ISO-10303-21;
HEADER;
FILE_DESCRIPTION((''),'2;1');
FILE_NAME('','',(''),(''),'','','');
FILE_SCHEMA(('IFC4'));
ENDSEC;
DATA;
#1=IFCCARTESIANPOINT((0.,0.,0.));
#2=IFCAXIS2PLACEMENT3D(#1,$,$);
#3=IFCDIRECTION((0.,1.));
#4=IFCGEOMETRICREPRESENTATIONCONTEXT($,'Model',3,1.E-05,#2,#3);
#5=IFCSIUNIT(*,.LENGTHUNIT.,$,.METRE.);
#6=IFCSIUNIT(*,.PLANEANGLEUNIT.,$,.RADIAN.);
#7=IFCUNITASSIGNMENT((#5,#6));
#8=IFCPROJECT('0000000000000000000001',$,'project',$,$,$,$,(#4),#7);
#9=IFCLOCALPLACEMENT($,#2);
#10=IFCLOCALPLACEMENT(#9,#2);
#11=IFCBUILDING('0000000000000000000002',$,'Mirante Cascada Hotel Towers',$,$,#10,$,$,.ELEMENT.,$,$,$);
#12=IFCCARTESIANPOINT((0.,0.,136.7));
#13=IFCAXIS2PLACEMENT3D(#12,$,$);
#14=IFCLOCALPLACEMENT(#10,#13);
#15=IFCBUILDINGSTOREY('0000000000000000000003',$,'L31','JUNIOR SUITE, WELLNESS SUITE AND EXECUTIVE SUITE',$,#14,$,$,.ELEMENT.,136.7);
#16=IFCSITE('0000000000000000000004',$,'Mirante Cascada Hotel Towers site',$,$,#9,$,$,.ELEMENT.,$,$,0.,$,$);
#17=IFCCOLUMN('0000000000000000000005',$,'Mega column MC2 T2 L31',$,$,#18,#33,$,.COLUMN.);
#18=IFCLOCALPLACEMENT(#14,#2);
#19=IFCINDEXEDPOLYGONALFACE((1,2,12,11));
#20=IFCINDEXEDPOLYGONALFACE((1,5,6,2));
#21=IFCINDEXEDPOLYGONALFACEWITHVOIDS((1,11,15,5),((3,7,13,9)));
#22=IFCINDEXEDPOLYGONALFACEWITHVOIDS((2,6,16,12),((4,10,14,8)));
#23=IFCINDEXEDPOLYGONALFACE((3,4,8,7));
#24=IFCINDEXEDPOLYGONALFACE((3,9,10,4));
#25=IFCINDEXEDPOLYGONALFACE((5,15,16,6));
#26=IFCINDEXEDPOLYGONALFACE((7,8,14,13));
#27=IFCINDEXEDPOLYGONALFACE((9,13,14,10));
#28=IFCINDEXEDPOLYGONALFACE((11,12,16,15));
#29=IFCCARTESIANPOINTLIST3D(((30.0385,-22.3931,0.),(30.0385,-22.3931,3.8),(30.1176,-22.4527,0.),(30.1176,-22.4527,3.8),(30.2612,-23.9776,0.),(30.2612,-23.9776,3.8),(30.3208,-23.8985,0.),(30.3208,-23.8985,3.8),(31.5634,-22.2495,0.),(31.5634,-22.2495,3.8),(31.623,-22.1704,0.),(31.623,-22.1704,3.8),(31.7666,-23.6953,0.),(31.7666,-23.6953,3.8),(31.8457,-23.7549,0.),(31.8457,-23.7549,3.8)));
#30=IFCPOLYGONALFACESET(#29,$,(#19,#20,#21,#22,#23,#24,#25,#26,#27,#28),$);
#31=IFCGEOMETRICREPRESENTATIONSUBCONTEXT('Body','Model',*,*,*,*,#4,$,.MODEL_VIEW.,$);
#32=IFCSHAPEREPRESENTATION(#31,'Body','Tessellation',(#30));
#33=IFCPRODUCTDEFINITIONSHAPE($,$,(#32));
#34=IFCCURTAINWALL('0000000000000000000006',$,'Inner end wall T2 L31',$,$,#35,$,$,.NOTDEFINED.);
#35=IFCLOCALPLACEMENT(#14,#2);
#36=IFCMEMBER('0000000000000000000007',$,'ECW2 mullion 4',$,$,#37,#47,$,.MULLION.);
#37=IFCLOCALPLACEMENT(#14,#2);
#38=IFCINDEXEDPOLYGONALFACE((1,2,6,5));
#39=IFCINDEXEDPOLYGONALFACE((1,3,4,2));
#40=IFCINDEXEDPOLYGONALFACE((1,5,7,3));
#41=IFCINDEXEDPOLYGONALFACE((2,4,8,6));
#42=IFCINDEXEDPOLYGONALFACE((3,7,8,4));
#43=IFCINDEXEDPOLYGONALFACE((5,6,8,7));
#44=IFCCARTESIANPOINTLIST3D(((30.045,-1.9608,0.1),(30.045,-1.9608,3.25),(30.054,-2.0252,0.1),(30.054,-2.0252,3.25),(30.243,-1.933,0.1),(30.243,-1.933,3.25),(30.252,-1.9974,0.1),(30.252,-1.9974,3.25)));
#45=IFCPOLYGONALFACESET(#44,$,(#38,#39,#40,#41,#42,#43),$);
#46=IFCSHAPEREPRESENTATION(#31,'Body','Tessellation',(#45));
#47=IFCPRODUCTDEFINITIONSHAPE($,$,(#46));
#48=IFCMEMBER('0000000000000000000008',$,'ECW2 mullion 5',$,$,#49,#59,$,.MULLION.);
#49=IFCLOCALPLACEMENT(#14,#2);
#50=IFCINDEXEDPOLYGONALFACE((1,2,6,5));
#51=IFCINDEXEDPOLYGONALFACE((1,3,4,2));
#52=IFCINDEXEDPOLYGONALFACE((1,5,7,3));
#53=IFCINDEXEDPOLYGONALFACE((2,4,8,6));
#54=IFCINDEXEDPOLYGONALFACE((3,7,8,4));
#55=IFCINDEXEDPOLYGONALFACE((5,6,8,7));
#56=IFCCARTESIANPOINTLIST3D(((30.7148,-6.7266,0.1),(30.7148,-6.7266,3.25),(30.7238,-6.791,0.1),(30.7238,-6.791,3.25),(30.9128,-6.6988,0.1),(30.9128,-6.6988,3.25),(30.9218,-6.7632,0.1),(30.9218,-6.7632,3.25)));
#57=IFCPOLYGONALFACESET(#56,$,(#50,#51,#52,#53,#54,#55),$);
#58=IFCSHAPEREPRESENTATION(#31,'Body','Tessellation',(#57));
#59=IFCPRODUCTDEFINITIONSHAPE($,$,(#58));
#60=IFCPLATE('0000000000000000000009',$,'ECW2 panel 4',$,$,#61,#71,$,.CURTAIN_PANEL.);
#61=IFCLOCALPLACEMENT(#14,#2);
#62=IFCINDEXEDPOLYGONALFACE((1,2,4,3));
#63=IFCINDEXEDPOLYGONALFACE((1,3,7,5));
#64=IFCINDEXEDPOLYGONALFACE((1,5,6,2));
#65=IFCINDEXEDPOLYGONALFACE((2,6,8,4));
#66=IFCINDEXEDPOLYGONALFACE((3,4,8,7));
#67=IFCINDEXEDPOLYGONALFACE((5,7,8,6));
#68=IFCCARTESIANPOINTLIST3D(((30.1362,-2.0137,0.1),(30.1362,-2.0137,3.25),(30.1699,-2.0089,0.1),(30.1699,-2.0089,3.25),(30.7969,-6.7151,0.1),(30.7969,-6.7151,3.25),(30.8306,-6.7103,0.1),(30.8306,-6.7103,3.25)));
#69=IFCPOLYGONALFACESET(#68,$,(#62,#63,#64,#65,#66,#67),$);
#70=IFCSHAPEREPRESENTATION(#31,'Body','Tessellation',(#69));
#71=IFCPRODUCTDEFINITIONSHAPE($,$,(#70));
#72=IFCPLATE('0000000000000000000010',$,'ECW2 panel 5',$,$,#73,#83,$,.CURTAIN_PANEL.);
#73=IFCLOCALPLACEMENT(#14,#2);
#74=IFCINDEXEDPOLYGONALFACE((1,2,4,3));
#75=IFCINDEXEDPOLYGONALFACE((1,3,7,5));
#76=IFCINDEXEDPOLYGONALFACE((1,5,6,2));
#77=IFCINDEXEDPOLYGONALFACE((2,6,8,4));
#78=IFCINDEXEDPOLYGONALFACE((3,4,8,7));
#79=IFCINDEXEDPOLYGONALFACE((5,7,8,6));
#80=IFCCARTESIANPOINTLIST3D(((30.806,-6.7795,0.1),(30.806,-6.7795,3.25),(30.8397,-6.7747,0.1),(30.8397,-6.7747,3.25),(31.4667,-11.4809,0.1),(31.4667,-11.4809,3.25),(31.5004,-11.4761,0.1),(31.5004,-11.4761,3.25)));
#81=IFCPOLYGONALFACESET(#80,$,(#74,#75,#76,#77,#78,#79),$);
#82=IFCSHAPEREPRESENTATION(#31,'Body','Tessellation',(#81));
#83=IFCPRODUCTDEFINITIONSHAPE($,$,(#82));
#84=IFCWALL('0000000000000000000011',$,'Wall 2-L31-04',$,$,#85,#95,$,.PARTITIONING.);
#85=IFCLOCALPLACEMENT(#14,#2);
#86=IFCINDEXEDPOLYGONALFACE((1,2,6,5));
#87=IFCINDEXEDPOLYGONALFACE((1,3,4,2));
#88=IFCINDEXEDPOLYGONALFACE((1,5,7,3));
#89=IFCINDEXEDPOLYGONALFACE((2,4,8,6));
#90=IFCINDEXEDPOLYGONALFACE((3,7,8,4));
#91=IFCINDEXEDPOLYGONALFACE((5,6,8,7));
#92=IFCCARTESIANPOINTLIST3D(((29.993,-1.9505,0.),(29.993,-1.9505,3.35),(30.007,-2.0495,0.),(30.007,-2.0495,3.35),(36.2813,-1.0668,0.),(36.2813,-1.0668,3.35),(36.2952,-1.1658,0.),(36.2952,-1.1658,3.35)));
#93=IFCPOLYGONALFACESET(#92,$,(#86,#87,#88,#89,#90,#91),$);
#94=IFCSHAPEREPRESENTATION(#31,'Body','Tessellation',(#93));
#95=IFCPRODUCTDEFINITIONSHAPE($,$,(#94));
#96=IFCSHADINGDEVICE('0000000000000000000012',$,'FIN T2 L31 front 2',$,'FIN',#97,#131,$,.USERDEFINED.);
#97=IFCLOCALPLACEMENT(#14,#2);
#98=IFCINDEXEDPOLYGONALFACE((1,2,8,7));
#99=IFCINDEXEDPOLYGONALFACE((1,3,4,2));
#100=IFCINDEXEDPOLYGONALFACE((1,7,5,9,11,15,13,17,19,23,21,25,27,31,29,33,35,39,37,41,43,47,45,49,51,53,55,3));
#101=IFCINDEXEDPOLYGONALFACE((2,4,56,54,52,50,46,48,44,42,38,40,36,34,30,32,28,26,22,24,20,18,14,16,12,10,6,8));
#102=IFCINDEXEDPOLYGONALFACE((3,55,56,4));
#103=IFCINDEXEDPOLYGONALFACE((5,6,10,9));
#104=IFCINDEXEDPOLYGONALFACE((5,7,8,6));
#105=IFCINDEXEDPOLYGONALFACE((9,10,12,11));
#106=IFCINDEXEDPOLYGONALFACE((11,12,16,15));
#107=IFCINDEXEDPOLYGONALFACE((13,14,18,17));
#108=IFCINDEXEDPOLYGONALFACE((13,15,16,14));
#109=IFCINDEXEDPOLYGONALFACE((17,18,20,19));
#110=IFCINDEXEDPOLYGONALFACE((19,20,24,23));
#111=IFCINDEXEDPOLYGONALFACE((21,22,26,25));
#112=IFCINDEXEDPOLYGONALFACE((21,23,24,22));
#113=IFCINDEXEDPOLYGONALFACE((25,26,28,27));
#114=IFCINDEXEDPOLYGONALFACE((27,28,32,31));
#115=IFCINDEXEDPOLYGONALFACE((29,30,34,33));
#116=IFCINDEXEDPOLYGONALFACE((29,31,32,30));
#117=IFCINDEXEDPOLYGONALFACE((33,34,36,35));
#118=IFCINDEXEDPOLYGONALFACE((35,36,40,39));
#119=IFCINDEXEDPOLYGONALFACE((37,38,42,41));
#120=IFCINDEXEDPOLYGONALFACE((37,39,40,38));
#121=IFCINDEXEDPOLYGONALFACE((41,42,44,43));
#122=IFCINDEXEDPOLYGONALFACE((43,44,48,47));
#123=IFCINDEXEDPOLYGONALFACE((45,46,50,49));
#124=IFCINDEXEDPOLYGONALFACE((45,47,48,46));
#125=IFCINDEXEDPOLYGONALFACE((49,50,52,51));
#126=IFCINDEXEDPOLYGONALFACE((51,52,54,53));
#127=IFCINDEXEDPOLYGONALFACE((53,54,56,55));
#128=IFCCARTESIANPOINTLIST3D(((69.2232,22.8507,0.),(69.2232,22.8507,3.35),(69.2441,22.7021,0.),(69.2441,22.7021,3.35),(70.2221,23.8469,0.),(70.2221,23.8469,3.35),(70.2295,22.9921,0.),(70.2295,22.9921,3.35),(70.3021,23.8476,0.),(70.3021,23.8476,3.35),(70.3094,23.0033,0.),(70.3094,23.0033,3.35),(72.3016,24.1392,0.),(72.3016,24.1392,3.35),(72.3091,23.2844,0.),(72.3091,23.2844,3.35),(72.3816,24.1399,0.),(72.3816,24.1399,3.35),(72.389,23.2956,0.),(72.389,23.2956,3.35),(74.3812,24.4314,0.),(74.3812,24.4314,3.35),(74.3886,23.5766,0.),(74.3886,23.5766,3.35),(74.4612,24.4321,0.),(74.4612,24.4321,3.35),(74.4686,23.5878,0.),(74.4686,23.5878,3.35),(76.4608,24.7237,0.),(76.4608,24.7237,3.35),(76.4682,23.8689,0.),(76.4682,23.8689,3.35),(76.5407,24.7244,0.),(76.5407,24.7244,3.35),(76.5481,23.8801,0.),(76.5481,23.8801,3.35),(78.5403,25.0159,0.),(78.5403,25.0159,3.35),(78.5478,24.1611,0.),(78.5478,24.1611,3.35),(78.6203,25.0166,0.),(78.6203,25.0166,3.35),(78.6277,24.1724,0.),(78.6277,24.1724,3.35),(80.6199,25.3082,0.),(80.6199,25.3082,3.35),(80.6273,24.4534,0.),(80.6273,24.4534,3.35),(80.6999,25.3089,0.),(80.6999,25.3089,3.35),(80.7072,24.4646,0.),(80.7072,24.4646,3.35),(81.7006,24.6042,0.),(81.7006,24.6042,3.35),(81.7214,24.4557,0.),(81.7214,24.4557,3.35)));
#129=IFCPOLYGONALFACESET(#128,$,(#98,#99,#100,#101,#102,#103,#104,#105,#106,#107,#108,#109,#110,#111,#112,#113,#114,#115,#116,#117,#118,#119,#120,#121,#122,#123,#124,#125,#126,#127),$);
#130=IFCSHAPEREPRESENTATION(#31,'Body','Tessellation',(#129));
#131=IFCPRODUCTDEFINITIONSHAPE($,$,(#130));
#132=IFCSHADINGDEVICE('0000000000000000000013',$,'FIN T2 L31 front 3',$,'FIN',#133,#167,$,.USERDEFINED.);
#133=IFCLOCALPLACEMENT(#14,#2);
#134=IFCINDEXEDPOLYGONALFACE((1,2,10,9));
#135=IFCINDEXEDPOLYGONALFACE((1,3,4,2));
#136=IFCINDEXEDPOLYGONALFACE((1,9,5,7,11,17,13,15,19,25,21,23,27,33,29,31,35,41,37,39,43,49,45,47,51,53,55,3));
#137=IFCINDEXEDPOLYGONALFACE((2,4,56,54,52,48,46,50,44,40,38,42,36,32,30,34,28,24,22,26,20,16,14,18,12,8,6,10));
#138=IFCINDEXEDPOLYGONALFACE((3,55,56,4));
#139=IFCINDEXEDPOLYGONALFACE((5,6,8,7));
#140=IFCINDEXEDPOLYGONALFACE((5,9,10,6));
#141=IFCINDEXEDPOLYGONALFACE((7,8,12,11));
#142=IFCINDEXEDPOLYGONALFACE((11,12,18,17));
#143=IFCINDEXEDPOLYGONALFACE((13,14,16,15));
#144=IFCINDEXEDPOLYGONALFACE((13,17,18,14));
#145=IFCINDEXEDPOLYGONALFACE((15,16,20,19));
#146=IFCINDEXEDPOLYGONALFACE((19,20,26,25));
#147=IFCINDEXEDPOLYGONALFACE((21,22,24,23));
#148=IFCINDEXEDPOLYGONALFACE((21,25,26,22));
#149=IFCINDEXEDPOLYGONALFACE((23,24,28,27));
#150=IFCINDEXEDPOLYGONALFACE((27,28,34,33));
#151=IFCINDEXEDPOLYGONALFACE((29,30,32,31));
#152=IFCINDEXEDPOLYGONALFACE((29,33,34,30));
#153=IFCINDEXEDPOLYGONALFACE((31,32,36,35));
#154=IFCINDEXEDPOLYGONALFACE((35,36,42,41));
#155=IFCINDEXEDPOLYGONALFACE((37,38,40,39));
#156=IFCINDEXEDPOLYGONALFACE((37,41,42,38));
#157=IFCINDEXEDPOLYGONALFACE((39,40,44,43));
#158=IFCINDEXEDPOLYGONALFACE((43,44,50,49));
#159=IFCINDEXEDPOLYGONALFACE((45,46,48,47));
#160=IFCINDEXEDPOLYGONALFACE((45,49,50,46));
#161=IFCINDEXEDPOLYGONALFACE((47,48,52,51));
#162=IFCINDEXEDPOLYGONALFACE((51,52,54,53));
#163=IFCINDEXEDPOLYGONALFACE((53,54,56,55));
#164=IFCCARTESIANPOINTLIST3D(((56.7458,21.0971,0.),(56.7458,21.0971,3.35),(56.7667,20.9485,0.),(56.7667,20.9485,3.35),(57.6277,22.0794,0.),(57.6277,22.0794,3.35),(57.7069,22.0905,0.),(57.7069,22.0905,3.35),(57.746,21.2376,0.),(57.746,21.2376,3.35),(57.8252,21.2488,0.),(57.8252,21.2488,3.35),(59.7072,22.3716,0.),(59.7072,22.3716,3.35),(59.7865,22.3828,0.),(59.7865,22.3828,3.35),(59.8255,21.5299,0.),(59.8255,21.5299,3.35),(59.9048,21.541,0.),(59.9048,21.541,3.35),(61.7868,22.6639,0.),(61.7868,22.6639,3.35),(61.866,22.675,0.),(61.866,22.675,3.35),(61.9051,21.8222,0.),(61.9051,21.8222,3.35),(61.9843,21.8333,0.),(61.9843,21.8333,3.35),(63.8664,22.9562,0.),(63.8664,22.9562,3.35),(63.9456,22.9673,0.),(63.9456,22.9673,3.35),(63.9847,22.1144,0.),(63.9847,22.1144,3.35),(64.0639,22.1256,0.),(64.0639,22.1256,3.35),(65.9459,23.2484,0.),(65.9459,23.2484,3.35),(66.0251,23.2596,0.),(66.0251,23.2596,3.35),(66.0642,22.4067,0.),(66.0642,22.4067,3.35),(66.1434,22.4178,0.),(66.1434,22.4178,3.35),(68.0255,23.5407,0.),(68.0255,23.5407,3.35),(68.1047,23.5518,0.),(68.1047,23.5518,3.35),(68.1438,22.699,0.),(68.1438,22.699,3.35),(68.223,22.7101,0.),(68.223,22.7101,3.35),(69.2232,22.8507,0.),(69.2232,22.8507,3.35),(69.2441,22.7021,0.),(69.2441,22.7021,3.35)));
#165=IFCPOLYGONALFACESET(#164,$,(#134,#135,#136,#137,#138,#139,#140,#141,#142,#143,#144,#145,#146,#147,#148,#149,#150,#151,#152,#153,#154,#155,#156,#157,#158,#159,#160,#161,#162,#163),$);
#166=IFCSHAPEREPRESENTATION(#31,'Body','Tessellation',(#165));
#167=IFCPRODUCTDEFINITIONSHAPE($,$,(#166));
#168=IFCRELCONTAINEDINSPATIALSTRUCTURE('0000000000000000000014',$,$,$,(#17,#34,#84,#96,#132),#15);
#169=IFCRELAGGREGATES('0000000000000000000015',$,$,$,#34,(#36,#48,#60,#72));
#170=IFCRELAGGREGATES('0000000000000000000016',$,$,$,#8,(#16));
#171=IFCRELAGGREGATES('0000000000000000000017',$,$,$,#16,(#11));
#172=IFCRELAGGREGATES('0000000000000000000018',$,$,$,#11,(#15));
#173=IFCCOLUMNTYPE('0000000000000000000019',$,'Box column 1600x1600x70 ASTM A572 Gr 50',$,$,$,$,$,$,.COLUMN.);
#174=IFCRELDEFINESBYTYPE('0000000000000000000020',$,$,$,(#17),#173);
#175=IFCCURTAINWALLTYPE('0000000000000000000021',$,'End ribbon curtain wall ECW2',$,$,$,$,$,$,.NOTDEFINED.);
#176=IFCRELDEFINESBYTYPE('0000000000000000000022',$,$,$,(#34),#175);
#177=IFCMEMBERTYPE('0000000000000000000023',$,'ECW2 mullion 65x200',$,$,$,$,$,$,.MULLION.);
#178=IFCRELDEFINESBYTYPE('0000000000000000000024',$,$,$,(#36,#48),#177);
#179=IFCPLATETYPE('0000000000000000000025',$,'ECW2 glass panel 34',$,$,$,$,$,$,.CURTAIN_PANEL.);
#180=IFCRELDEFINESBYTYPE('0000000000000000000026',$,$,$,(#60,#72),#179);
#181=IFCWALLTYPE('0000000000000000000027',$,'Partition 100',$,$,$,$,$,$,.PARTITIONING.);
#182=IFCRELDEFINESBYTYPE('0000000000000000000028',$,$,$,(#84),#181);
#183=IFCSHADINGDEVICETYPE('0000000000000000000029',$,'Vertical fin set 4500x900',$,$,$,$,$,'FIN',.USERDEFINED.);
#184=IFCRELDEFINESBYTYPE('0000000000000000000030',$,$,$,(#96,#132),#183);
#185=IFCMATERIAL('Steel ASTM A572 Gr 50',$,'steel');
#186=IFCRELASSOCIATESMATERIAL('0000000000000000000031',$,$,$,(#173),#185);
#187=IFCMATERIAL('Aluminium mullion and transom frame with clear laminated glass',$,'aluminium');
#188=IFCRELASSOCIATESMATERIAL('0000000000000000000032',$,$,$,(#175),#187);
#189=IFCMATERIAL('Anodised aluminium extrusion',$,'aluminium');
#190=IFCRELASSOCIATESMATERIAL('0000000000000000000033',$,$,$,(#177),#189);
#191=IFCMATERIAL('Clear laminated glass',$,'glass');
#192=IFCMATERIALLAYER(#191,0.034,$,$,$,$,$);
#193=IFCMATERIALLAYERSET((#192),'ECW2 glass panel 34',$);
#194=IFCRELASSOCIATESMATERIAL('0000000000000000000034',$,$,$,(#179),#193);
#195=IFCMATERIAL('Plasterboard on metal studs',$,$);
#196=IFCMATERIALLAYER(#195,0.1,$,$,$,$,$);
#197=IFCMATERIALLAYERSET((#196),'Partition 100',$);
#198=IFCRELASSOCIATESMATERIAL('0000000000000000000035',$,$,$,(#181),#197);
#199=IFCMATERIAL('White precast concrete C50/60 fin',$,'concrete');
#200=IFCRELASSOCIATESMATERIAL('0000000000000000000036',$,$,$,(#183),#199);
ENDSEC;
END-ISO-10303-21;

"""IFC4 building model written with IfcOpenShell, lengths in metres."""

from ifc_helpers import new_model, si_unit, direction, frame, frame_2d, origin, origin_2d, place, context, subcontext, project, spatial, polyline, rectangle, hollow_rectangle, outline, extrude, material, layer, layer_set, material_profile, profile_set, type_object, element, aggregate, save


model = new_model("IFC4")

# Units and contexts
model_context = context("Model", 3, precision=1e-05, world=origin(), true_north=direction((0.0, 1.0)))
body_context = subcontext(model_context, "Body", "Model", "MODEL_VIEW")
ifc_project = project(units=[si_unit("LENGTHUNIT", "METRE"), si_unit("PLANEANGLEUNIT", "RADIAN")], contexts=[model_context])

# Site, building, storey
site_placement = place(None, origin())
site = spatial("IfcSite", under=ifc_project, at=site_placement, Name="Mirante Cascada Hotel Towers site", CompositionType="ELEMENT", RefElevation=0.0)
building_placement = place(site_placement, origin())
building = spatial("IfcBuilding", under=site, at=building_placement, Name="Mirante Cascada Hotel Towers", CompositionType="ELEMENT")
storey_placement = place(building_placement, frame((0.0, 0.0, 136.7)))
storey = spatial("IfcBuildingStorey", under=building, at=storey_placement, Name="L31", Description="JUNIOR SUITE, WELLNESS SUITE AND EXECUTIVE SUITE", CompositionType="ELEMENT", Elevation=136.7)

# Column
ifc_material_1 = material(Name="Steel ASTM A572 Gr 50", Category="steel")
ifc_material_profile_1 = material_profile(ifc_material_1, hollow_rectangle(XDim=1.6, YDim=1.6, WallThickness=0.07, at=origin_2d()), Name="Box column 1600x1600x70 ASTM A572 Gr 50")
ifc_profile_set_1 = profile_set([ifc_material_profile_1], Name="Steel ASTM A572 Gr 50")
column_type = type_object("IfcColumnType", Name="Box column 1600x1600x70 ASTM A572 Gr 50", PredefinedType="COLUMN", material=ifc_profile_set_1)
column_placement = place(storey_placement, frame((30.9421, -23.074, 0.0), z_axis=(0.0, 0.0, 1.0), x_axis=(0.990268, 0.139173, 0.0)))
element("IfcColumn", 1, at=column_placement, inside=storey, type_object=column_type, Name="Mega column MC2 T2 L31", PredefinedType="COLUMN", context=body_context, shape_type="SweptSolid", body=[
    extrude(hollow_rectangle(XDim=1.6, YDim=1.6, WallThickness=0.07, at=origin_2d()), origin(), (0.0, 0.0, 1.0), 3.8),
])

# Curtain wall, members, plates
ifc_material_2 = material(Name="Aluminium mullion and transom frame with clear laminated glass", Category="aluminium")
curtain_wall_type = type_object("IfcCurtainWallType", Name="End ribbon curtain wall ECW2", PredefinedType="NOTDEFINED", material=ifc_material_2)
curtain_wall_placement = place(storey_placement, origin())
curtain_wall = element("IfcCurtainWall", 2, at=curtain_wall_placement, inside=storey, type_object=curtain_wall_type, Name="Inner end wall T2 L31", PredefinedType="NOTDEFINED")
ifc_material_3 = material(Name="Anodised aluminium extrusion", Category="aluminium")
ifc_material_profile_2 = material_profile(ifc_material_3, rectangle(XDim=0.2, YDim=0.065, at=origin_2d()), Name="ECW2 MULLION 65x200")
ifc_profile_set_2 = profile_set([ifc_material_profile_2], Name="Anodised aluminium extrusion")
member_type = type_object("IfcMemberType", Name="ECW2 mullion 65x200", PredefinedType="MULLION", material=ifc_profile_set_2)
member_1_placement = place(storey_placement, frame((30.1485, -1.9791, 0.1), z_axis=(0.0, 0.0, 1.0), x_axis=(0.990268, 0.139173, 0.0)))
member_1 = element("IfcMember", 3, at=member_1_placement, type_object=member_type, Name="ECW2 mullion 4", PredefinedType="MULLION", context=body_context, shape_type="SweptSolid", body=[
    extrude(rectangle(XDim=0.2, YDim=0.065, at=origin_2d()), origin(), (0.0, 0.0, 1.0), 3.15),
])
member_2_placement = place(storey_placement, frame((30.8183, -6.7449, 0.1), z_axis=(0.0, 0.0, 1.0), x_axis=(0.990268, 0.139173, 0.0)))
member_2 = element("IfcMember", 4, at=member_2_placement, type_object=member_type, Name="ECW2 mullion 5", PredefinedType="MULLION", context=body_context, shape_type="SweptSolid", body=[
    extrude(rectangle(XDim=0.2, YDim=0.065, at=origin_2d()), origin(), (0.0, 0.0, 1.0), 3.15),
])
ifc_material_4 = material(Name="Clear laminated glass", Category="glass")
ifc_layer_1 = layer(ifc_material_4, 0.034)
ifc_layer_set_1 = layer_set([ifc_layer_1], Name="ECW2 glass panel 34")
plate_type = type_object("IfcPlateType", Name="ECW2 glass panel 34", PredefinedType="CURTAIN_PANEL", material=ifc_layer_set_1)
plate_1_placement = place(storey_placement, frame((30.4834, -4.362, 0.1), z_axis=(0.0, 0.0, 1.0), x_axis=(0.139173, -0.990268, 0.0)))
plate_1 = element("IfcPlate", 5, at=plate_1_placement, type_object=plate_type, Name="ECW2 panel 4", PredefinedType="CURTAIN_PANEL", context=body_context, shape_type="SweptSolid", body=[
    extrude(rectangle(XDim=4.7476, YDim=0.034, at=origin_2d()), origin(), (0.0, 0.0, 1.0), 3.15),
])
plate_2_placement = place(storey_placement, frame((31.1532, -9.1278, 0.1), z_axis=(0.0, 0.0, 1.0), x_axis=(0.139173, -0.990268, 0.0)))
plate_2 = element("IfcPlate", 6, at=plate_2_placement, type_object=plate_type, Name="ECW2 panel 5", PredefinedType="CURTAIN_PANEL", context=body_context, shape_type="SweptSolid", body=[
    extrude(rectangle(XDim=4.7476, YDim=0.034, at=origin_2d()), origin(), (0.0, 0.0, 1.0), 3.15),
])
aggregate(curtain_wall, [member_1, member_2, plate_1, plate_2])

# Wall
ifc_material_5 = material(Name="Plasterboard on metal studs")
ifc_layer_2 = layer(ifc_material_5, 0.1)
ifc_layer_set_2 = layer_set([ifc_layer_2], Name="Partition 100")
wall_type = type_object("IfcWallType", Name="Partition 100", PredefinedType="PARTITIONING", material=ifc_layer_set_2)
wall_placement = place(storey_placement, frame((30.0, -2.0, 0.0), z_axis=(0.0, 0.0, 1.0), x_axis=(0.990269, 0.139166, 0.0)))
element("IfcWall", 7, at=wall_placement, inside=storey, type_object=wall_type, Name="Wall 2-L31-04", PredefinedType="PARTITIONING", context=body_context, shape_type="SweptSolid", body=[
    extrude(rectangle(XDim=6.35, YDim=0.1, at=frame_2d((3.175, 0.0))), origin(), (0.0, 0.0, 1.0), 3.35),
])

# Shading devices
ifc_material_6 = material(Name="White precast concrete C50/60 fin", Category="concrete")
shading_device_type = type_object("IfcShadingDeviceType", Name="Vertical fin set 4500x900", ElementType="FIN", PredefinedType="USERDEFINED", material=ifc_material_6)
shading_device_1_placement = place(storey_placement, origin())
element("IfcShadingDevice", 8, at=shading_device_1_placement, inside=storey, type_object=shading_device_type, Name="FIN T2 L31 front 2", ObjectType="FIN", PredefinedType="USERDEFINED", context=body_context, shape_type="SweptSolid", body=[
    extrude(outline(polyline([(70.3021, 23.8476), (70.3094, 23.0033), (72.3091, 23.2844), (72.3016, 24.1392), (72.3816, 24.1399), (72.389, 23.2956), (74.3886, 23.5766), (74.3812, 24.4314), (74.4612, 24.4321), (74.4686, 23.5878), (76.4682, 23.8689), (76.4608, 24.7237), (76.5407, 24.7244), (76.5481, 23.8801), (78.5478, 24.1611), (78.5403, 25.0159), (78.6203, 25.0166), (78.6277, 24.1724), (80.6273, 24.4534), (80.6199, 25.3082), (80.6999, 25.3089), (80.7072, 24.4646), (81.7006, 24.6042), (81.7214, 24.4557), (69.2441, 22.7021), (69.2232, 22.8507), (70.2295, 22.9921), (70.2221, 23.8469), (70.3021, 23.8476)])), origin(), (0.0, 0.0, 1.0), 3.35),
])
shading_device_2_placement = place(storey_placement, origin())
element("IfcShadingDevice", 9, at=shading_device_2_placement, inside=storey, type_object=shading_device_type, Name="FIN T2 L31 front 3", ObjectType="FIN", PredefinedType="USERDEFINED", context=body_context, shape_type="SweptSolid", body=[
    extrude(outline(polyline([(57.7069, 22.0905), (57.8252, 21.2488), (59.8255, 21.5299), (59.7072, 22.3716), (59.7865, 22.3828), (59.9048, 21.541), (61.9051, 21.8222), (61.7868, 22.6639), (61.866, 22.675), (61.9843, 21.8333), (63.9847, 22.1144), (63.8664, 22.9562), (63.9456, 22.9673), (64.0639, 22.1256), (66.0642, 22.4067), (65.9459, 23.2484), (66.0251, 23.2596), (66.1434, 22.4178), (68.1438, 22.699), (68.0255, 23.5407), (68.1047, 23.5518), (68.223, 22.7101), (69.2232, 22.8507), (69.2441, 22.7021), (56.7667, 20.9485), (56.7458, 21.0971), (57.746, 21.2376), (57.6277, 22.0794), (57.7069, 22.0905)])), origin(), (0.0, 0.0, 1.0), 3.35),
])

save(model, "model.ifc")
